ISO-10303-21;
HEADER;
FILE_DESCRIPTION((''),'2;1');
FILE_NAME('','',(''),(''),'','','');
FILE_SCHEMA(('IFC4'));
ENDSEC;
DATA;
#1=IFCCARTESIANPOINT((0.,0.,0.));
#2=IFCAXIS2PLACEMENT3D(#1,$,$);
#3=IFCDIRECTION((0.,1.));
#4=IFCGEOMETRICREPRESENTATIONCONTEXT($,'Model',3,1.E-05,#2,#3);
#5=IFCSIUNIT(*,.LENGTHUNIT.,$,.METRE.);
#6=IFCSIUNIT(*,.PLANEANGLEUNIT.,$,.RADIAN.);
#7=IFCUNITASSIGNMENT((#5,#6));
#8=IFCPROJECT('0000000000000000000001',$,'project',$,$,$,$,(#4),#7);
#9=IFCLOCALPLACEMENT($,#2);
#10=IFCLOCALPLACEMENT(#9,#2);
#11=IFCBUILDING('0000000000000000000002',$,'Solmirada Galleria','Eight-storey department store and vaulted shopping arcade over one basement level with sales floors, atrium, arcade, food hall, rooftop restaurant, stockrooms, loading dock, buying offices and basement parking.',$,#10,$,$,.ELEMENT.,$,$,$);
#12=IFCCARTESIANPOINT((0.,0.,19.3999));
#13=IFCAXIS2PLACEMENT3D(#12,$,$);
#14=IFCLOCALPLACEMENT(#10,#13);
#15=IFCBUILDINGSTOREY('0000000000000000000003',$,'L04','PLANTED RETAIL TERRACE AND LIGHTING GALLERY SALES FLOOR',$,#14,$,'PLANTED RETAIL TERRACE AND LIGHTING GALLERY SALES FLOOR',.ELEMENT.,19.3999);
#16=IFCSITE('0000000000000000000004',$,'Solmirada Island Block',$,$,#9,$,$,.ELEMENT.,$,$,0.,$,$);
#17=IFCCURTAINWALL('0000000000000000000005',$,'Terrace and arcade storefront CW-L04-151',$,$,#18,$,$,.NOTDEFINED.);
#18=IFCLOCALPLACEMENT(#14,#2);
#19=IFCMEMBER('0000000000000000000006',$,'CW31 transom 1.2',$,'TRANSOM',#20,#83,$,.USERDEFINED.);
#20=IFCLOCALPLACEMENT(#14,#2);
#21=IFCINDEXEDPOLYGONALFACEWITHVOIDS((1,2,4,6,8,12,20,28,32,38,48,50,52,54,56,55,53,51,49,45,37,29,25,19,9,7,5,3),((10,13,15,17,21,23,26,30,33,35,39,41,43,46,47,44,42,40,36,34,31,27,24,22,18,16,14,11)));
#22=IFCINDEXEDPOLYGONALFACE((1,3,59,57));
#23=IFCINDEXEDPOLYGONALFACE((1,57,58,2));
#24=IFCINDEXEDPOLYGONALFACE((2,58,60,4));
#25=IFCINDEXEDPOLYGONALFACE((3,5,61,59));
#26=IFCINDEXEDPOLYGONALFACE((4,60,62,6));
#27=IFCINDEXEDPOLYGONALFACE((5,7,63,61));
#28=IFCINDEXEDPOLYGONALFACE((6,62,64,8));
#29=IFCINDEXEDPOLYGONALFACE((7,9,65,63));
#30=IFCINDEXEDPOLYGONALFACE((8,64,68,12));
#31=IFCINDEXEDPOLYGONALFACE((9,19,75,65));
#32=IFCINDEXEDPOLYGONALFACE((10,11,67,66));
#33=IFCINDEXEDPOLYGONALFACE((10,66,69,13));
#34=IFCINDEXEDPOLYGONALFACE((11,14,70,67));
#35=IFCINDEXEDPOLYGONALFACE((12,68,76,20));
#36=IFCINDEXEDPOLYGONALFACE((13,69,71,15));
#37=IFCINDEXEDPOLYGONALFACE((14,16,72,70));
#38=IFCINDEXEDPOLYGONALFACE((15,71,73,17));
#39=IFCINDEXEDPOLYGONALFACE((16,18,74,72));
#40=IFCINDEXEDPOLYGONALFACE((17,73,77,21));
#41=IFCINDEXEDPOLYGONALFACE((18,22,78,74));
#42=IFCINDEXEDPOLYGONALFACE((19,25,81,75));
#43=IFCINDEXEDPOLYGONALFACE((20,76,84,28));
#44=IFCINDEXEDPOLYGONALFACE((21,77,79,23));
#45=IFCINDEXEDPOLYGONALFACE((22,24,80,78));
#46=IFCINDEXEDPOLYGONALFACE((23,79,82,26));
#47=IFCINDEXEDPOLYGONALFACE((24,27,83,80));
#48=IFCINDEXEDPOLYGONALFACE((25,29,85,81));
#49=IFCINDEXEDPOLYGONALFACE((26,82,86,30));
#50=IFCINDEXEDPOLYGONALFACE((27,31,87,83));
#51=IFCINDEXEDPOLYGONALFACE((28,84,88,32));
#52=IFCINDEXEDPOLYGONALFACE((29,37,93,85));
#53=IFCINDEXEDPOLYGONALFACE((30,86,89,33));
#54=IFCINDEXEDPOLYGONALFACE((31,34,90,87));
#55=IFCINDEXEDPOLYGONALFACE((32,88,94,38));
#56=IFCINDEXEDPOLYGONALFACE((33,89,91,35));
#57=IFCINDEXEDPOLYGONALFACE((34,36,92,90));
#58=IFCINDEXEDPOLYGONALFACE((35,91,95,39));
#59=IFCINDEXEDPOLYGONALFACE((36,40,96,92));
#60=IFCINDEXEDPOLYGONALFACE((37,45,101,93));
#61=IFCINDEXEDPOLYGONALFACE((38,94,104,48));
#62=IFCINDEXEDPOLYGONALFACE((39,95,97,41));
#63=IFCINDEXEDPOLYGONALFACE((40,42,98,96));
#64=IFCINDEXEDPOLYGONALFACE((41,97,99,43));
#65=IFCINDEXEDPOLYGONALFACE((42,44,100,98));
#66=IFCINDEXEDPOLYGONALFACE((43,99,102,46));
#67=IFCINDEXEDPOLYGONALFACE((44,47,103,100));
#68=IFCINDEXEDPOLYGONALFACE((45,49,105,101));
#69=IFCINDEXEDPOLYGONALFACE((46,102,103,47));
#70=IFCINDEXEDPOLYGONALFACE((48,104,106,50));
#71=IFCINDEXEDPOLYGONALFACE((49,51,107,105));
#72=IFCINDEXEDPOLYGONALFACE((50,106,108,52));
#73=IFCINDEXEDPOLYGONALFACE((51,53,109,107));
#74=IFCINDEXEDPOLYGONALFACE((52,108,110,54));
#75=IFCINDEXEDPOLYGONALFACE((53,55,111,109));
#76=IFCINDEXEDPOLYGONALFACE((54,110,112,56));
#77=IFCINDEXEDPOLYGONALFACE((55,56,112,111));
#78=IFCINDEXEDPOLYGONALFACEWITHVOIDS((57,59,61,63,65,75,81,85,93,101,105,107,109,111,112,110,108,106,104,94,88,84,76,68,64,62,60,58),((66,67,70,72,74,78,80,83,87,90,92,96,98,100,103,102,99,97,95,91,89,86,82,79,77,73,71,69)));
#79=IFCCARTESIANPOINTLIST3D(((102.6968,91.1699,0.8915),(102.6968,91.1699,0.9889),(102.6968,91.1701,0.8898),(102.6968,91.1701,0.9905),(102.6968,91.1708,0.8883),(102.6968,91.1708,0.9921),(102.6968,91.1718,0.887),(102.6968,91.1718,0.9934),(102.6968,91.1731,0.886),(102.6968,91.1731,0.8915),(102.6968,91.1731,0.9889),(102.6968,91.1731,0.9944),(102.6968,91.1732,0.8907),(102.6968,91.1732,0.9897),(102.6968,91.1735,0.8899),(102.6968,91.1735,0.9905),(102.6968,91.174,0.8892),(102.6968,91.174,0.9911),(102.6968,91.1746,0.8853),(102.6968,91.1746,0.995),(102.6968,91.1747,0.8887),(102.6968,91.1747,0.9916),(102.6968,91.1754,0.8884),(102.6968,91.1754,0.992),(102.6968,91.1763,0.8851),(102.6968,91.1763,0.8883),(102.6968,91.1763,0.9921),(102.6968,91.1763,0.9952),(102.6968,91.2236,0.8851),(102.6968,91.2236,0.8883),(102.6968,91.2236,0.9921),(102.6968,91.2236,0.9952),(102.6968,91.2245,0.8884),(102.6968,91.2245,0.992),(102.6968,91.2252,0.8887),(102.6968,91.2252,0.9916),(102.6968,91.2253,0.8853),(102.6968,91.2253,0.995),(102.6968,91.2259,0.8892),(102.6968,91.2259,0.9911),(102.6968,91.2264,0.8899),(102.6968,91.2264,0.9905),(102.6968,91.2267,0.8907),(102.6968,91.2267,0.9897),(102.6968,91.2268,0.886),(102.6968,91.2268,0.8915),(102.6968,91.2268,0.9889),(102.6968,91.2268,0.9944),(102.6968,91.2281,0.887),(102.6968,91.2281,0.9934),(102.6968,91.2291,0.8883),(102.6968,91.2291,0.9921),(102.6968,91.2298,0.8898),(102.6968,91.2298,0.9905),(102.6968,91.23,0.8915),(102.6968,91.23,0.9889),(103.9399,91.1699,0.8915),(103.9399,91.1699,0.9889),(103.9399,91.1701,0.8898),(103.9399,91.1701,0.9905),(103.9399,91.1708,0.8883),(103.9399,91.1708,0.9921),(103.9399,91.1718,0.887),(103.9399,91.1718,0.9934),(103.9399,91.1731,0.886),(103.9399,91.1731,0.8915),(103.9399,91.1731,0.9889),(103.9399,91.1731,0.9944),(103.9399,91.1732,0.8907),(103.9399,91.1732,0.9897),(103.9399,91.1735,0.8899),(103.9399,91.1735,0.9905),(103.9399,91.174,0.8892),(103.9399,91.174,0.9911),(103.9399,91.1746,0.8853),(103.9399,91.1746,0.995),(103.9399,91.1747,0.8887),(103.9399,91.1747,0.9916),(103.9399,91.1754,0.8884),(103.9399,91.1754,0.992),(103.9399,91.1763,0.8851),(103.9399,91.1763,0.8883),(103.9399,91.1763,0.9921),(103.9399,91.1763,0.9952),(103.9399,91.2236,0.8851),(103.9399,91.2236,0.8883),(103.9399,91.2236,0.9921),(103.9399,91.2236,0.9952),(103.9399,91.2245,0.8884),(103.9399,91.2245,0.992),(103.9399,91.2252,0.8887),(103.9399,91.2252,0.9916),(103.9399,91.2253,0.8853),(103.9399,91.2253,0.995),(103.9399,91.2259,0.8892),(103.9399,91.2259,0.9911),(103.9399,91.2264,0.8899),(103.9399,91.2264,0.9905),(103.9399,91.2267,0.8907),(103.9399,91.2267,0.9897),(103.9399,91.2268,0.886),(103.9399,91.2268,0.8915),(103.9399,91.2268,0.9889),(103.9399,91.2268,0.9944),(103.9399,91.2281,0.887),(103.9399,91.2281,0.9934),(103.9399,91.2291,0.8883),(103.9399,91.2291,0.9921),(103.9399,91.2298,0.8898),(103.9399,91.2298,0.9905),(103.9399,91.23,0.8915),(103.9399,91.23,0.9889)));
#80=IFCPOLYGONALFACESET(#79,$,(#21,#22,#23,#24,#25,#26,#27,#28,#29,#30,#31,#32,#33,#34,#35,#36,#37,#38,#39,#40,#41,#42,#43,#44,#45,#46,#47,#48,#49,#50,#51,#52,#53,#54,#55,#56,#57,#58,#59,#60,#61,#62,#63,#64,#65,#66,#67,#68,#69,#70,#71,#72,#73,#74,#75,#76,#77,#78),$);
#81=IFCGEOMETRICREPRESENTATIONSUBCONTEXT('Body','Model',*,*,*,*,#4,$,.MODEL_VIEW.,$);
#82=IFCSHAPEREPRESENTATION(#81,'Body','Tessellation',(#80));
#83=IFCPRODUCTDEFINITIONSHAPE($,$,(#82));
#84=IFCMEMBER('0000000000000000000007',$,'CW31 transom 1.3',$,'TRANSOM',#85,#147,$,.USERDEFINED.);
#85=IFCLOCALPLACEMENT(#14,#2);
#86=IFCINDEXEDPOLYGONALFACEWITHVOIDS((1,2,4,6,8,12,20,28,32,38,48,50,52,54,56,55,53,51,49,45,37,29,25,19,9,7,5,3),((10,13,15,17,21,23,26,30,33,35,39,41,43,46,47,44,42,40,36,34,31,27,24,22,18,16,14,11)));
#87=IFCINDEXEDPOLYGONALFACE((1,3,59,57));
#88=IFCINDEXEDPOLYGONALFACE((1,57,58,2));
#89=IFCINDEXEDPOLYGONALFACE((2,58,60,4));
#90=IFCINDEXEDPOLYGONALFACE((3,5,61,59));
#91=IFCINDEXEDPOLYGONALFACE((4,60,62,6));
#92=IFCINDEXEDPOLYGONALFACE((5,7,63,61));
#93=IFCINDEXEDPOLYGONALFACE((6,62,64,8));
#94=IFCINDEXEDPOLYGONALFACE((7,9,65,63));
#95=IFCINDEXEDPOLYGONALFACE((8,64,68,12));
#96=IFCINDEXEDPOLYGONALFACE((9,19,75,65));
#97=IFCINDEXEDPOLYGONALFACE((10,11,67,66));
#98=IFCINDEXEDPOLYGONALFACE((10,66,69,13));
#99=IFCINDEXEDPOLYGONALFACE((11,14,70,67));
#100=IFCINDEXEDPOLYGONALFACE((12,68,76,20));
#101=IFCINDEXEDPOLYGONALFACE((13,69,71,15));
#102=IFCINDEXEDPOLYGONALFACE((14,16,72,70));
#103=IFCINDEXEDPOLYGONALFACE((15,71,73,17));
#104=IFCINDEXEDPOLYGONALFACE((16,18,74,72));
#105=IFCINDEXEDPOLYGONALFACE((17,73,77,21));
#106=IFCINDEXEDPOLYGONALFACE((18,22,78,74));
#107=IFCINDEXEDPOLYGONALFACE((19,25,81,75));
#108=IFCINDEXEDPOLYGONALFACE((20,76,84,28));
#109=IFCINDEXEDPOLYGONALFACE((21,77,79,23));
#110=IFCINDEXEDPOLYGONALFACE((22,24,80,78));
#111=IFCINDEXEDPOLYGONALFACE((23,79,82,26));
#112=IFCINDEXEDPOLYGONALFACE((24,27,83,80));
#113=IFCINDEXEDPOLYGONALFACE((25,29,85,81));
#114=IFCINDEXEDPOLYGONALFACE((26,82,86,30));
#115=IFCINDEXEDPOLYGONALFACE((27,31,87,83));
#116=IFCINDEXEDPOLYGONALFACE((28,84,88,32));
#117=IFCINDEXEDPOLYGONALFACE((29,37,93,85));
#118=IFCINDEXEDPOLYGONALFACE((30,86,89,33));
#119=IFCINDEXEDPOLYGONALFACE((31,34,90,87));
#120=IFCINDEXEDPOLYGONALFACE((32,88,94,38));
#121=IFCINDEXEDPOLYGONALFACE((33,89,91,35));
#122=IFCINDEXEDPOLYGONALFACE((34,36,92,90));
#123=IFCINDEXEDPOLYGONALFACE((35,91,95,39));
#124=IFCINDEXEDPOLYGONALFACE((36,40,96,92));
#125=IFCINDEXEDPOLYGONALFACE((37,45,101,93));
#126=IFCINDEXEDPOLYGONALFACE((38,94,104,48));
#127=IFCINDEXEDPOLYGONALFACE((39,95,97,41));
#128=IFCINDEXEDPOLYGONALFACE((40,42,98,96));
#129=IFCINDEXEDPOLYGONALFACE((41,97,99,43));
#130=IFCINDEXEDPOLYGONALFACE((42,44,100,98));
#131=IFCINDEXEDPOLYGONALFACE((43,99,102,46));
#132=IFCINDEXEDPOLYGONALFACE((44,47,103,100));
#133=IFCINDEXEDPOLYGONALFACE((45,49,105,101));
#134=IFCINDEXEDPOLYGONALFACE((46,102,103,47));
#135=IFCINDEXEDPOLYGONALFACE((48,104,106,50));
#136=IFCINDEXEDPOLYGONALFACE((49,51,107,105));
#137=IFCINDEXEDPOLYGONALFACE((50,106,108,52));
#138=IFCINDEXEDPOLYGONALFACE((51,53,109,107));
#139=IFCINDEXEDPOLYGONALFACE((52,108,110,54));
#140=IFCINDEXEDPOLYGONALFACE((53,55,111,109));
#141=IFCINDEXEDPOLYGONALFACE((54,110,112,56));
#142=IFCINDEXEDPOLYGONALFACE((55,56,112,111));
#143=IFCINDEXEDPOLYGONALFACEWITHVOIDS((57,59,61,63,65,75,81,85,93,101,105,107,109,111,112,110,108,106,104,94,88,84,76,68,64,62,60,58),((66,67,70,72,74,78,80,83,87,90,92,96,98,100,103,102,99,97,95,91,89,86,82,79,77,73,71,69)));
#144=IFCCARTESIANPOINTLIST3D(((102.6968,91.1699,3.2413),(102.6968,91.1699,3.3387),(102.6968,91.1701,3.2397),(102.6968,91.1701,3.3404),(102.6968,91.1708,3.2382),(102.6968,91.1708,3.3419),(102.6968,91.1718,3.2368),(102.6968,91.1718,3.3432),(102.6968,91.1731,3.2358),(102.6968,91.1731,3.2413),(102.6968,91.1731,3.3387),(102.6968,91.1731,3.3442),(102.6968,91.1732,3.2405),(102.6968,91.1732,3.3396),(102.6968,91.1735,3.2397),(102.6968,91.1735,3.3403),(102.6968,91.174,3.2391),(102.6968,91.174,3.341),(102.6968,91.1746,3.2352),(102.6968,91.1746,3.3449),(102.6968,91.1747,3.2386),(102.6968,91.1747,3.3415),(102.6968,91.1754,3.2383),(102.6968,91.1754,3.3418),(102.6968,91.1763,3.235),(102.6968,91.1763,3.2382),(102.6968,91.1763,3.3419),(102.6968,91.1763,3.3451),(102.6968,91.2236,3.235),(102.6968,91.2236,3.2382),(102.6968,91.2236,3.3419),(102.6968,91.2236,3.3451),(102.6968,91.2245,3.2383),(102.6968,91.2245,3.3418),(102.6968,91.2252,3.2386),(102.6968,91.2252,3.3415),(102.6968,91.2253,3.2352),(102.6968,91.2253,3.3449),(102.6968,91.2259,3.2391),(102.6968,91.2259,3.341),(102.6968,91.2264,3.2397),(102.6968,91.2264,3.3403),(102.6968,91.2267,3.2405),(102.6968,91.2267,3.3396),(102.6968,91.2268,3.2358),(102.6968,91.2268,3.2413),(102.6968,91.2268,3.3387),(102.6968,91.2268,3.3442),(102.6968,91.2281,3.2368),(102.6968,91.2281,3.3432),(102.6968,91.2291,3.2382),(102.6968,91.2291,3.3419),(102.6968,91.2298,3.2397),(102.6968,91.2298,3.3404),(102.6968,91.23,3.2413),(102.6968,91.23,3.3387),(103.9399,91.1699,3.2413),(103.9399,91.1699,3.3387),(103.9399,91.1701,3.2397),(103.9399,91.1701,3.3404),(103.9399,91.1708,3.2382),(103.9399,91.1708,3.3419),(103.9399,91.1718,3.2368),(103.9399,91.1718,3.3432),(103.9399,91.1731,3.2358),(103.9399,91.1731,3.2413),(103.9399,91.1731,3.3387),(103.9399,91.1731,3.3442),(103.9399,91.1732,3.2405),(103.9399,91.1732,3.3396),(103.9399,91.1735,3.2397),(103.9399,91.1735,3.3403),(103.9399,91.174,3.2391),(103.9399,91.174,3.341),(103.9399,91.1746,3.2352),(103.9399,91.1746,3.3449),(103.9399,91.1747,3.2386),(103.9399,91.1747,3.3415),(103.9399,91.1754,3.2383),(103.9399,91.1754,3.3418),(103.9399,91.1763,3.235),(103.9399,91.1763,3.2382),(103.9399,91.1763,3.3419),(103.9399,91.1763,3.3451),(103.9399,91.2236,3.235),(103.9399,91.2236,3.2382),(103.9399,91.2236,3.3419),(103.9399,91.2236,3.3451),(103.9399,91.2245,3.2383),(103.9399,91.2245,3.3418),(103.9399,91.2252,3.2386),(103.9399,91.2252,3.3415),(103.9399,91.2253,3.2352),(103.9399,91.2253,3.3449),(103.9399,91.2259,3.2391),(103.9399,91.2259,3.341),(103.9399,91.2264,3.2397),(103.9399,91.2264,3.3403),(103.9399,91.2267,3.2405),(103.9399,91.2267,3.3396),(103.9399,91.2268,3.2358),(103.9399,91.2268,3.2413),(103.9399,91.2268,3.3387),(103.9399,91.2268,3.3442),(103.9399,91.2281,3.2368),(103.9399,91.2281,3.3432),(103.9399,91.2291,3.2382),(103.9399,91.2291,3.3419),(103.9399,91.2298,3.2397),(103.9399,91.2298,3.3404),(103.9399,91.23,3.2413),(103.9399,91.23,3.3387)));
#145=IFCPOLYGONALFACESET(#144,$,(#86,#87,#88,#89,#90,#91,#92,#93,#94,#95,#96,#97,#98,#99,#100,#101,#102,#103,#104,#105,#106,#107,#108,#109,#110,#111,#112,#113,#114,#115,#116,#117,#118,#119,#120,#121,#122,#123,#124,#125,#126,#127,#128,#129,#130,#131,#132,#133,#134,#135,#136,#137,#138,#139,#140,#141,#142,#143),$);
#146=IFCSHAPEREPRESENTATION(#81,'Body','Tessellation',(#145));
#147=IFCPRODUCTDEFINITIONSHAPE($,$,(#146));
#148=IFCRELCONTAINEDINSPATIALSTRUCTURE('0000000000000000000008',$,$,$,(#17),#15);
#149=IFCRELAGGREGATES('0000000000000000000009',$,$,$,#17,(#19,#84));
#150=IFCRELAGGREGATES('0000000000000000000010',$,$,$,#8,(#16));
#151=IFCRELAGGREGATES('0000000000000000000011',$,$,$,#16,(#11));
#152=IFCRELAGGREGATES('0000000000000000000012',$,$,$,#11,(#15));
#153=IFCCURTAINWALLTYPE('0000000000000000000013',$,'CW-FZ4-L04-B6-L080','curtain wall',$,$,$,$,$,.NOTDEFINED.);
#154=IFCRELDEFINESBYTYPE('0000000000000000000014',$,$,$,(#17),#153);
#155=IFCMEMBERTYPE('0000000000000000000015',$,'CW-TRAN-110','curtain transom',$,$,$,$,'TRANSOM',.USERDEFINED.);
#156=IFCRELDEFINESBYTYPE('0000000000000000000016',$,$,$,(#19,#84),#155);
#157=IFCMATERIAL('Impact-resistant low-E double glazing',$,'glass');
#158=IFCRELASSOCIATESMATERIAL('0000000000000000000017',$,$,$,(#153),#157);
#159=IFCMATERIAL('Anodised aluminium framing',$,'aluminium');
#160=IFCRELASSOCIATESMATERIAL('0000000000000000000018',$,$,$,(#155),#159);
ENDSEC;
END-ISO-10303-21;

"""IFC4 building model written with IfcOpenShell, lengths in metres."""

from ifc_helpers import new_model, si_unit, direction, frame, origin, origin_2d, place, context, subcontext, project, spatial, hollow_rectangle, extrude, material, material_profile, profile_set, type_object, element, aggregate, save


model = new_model("IFC4")

# Units and contexts
model_context = context("Model", 3, precision=1e-05, world=origin(), true_north=direction((0.0, 1.0)))
body_context = subcontext(model_context, "Body", "Model", "MODEL_VIEW")
ifc_project = project(units=[si_unit("LENGTHUNIT", "METRE"), si_unit("PLANEANGLEUNIT", "RADIAN")], contexts=[model_context])

# Site, building, storey
site_placement = place(None, origin())
site = spatial("IfcSite", under=ifc_project, at=site_placement, Name="Solmirada Island Block", CompositionType="ELEMENT", RefElevation=0.0)
building_placement = place(site_placement, origin())
building = spatial("IfcBuilding", under=site, at=building_placement, Name="Solmirada Galleria", Description="Eight-storey department store and vaulted shopping arcade over one basement level with sales floors, atrium, arcade, food hall, rooftop restaurant, stockrooms, loading dock, buying offices and basement parking.", CompositionType="ELEMENT")
storey_placement = place(building_placement, frame((0.0, 0.0, 19.3999)))
storey = spatial("IfcBuildingStorey", under=building, at=storey_placement, Name="L04", Description="PLANTED RETAIL TERRACE AND LIGHTING GALLERY SALES FLOOR", LongName="PLANTED RETAIL TERRACE AND LIGHTING GALLERY SALES FLOOR", CompositionType="ELEMENT", Elevation=19.3999)

# Curtain wall, members
ifc_material_1 = material(Name="Impact-resistant low-E double glazing", Category="glass")
curtain_wall_type = type_object("IfcCurtainWallType", Name="CW-FZ4-L04-B6-L080", Description="curtain wall", PredefinedType="NOTDEFINED", material=ifc_material_1)
curtain_wall_placement = place(storey_placement, origin())
curtain_wall = element("IfcCurtainWall", 1, at=curtain_wall_placement, inside=storey, type_object=curtain_wall_type, Name="Terrace and arcade storefront CW-L04-151", PredefinedType="NOTDEFINED")
ifc_material_2 = material(Name="Anodised aluminium framing", Category="aluminium")
ifc_material_profile_1 = material_profile(ifc_material_2, hollow_rectangle(XDim=0.0601, YDim=0.1101, WallThickness=0.0032, InnerFilletRadius=0.0032, OuterFilletRadius=0.0063, at=origin_2d()), Name="ALU-TRAN-110X60")
ifc_profile_set_1 = profile_set([ifc_material_profile_1], Name="Anodised aluminium framing")
member_type_1 = type_object("IfcMemberType", Name="CW-TRAN-110", Description="curtain transom", ElementType="TRANSOM", PredefinedType="USERDEFINED", material=ifc_profile_set_1)
member_1_placement = place(storey_placement, frame((103.9399, 91.2, 0.9402), z_axis=(-1.0, 0.0, 0.0), x_axis=(0.0, -1.0, 0.0)))
member_1 = element("IfcMember", 2, at=member_1_placement, type_object=member_type_1, Name="CW31 transom 1.2", ObjectType="TRANSOM", PredefinedType="USERDEFINED", context=body_context, shape_type="SweptSolid", body=[
    extrude(hollow_rectangle(XDim=0.0601, YDim=0.1101, WallThickness=0.0032, InnerFilletRadius=0.0032, OuterFilletRadius=0.0063, at=origin_2d()), origin(), (0.0, 0.0, 1.0), 1.2432),
])
member_2_placement = place(storey_placement, frame((103.9399, 91.2, 3.29), z_axis=(-1.0, 0.0, 0.0), x_axis=(0.0, -1.0, 0.0)))
member_2 = element("IfcMember", 3, at=member_2_placement, type_object=member_type_1, Name="CW31 transom 1.3", ObjectType="TRANSOM", PredefinedType="USERDEFINED", context=body_context, shape_type="SweptSolid", body=[
    extrude(hollow_rectangle(XDim=0.0601, YDim=0.1101, WallThickness=0.0032, InnerFilletRadius=0.0032, OuterFilletRadius=0.0063, at=origin_2d()), origin(), (0.0, 0.0, 1.0), 1.2432),
])
aggregate(curtain_wall, [member_1, member_2])

save(model, "model.ifc")
